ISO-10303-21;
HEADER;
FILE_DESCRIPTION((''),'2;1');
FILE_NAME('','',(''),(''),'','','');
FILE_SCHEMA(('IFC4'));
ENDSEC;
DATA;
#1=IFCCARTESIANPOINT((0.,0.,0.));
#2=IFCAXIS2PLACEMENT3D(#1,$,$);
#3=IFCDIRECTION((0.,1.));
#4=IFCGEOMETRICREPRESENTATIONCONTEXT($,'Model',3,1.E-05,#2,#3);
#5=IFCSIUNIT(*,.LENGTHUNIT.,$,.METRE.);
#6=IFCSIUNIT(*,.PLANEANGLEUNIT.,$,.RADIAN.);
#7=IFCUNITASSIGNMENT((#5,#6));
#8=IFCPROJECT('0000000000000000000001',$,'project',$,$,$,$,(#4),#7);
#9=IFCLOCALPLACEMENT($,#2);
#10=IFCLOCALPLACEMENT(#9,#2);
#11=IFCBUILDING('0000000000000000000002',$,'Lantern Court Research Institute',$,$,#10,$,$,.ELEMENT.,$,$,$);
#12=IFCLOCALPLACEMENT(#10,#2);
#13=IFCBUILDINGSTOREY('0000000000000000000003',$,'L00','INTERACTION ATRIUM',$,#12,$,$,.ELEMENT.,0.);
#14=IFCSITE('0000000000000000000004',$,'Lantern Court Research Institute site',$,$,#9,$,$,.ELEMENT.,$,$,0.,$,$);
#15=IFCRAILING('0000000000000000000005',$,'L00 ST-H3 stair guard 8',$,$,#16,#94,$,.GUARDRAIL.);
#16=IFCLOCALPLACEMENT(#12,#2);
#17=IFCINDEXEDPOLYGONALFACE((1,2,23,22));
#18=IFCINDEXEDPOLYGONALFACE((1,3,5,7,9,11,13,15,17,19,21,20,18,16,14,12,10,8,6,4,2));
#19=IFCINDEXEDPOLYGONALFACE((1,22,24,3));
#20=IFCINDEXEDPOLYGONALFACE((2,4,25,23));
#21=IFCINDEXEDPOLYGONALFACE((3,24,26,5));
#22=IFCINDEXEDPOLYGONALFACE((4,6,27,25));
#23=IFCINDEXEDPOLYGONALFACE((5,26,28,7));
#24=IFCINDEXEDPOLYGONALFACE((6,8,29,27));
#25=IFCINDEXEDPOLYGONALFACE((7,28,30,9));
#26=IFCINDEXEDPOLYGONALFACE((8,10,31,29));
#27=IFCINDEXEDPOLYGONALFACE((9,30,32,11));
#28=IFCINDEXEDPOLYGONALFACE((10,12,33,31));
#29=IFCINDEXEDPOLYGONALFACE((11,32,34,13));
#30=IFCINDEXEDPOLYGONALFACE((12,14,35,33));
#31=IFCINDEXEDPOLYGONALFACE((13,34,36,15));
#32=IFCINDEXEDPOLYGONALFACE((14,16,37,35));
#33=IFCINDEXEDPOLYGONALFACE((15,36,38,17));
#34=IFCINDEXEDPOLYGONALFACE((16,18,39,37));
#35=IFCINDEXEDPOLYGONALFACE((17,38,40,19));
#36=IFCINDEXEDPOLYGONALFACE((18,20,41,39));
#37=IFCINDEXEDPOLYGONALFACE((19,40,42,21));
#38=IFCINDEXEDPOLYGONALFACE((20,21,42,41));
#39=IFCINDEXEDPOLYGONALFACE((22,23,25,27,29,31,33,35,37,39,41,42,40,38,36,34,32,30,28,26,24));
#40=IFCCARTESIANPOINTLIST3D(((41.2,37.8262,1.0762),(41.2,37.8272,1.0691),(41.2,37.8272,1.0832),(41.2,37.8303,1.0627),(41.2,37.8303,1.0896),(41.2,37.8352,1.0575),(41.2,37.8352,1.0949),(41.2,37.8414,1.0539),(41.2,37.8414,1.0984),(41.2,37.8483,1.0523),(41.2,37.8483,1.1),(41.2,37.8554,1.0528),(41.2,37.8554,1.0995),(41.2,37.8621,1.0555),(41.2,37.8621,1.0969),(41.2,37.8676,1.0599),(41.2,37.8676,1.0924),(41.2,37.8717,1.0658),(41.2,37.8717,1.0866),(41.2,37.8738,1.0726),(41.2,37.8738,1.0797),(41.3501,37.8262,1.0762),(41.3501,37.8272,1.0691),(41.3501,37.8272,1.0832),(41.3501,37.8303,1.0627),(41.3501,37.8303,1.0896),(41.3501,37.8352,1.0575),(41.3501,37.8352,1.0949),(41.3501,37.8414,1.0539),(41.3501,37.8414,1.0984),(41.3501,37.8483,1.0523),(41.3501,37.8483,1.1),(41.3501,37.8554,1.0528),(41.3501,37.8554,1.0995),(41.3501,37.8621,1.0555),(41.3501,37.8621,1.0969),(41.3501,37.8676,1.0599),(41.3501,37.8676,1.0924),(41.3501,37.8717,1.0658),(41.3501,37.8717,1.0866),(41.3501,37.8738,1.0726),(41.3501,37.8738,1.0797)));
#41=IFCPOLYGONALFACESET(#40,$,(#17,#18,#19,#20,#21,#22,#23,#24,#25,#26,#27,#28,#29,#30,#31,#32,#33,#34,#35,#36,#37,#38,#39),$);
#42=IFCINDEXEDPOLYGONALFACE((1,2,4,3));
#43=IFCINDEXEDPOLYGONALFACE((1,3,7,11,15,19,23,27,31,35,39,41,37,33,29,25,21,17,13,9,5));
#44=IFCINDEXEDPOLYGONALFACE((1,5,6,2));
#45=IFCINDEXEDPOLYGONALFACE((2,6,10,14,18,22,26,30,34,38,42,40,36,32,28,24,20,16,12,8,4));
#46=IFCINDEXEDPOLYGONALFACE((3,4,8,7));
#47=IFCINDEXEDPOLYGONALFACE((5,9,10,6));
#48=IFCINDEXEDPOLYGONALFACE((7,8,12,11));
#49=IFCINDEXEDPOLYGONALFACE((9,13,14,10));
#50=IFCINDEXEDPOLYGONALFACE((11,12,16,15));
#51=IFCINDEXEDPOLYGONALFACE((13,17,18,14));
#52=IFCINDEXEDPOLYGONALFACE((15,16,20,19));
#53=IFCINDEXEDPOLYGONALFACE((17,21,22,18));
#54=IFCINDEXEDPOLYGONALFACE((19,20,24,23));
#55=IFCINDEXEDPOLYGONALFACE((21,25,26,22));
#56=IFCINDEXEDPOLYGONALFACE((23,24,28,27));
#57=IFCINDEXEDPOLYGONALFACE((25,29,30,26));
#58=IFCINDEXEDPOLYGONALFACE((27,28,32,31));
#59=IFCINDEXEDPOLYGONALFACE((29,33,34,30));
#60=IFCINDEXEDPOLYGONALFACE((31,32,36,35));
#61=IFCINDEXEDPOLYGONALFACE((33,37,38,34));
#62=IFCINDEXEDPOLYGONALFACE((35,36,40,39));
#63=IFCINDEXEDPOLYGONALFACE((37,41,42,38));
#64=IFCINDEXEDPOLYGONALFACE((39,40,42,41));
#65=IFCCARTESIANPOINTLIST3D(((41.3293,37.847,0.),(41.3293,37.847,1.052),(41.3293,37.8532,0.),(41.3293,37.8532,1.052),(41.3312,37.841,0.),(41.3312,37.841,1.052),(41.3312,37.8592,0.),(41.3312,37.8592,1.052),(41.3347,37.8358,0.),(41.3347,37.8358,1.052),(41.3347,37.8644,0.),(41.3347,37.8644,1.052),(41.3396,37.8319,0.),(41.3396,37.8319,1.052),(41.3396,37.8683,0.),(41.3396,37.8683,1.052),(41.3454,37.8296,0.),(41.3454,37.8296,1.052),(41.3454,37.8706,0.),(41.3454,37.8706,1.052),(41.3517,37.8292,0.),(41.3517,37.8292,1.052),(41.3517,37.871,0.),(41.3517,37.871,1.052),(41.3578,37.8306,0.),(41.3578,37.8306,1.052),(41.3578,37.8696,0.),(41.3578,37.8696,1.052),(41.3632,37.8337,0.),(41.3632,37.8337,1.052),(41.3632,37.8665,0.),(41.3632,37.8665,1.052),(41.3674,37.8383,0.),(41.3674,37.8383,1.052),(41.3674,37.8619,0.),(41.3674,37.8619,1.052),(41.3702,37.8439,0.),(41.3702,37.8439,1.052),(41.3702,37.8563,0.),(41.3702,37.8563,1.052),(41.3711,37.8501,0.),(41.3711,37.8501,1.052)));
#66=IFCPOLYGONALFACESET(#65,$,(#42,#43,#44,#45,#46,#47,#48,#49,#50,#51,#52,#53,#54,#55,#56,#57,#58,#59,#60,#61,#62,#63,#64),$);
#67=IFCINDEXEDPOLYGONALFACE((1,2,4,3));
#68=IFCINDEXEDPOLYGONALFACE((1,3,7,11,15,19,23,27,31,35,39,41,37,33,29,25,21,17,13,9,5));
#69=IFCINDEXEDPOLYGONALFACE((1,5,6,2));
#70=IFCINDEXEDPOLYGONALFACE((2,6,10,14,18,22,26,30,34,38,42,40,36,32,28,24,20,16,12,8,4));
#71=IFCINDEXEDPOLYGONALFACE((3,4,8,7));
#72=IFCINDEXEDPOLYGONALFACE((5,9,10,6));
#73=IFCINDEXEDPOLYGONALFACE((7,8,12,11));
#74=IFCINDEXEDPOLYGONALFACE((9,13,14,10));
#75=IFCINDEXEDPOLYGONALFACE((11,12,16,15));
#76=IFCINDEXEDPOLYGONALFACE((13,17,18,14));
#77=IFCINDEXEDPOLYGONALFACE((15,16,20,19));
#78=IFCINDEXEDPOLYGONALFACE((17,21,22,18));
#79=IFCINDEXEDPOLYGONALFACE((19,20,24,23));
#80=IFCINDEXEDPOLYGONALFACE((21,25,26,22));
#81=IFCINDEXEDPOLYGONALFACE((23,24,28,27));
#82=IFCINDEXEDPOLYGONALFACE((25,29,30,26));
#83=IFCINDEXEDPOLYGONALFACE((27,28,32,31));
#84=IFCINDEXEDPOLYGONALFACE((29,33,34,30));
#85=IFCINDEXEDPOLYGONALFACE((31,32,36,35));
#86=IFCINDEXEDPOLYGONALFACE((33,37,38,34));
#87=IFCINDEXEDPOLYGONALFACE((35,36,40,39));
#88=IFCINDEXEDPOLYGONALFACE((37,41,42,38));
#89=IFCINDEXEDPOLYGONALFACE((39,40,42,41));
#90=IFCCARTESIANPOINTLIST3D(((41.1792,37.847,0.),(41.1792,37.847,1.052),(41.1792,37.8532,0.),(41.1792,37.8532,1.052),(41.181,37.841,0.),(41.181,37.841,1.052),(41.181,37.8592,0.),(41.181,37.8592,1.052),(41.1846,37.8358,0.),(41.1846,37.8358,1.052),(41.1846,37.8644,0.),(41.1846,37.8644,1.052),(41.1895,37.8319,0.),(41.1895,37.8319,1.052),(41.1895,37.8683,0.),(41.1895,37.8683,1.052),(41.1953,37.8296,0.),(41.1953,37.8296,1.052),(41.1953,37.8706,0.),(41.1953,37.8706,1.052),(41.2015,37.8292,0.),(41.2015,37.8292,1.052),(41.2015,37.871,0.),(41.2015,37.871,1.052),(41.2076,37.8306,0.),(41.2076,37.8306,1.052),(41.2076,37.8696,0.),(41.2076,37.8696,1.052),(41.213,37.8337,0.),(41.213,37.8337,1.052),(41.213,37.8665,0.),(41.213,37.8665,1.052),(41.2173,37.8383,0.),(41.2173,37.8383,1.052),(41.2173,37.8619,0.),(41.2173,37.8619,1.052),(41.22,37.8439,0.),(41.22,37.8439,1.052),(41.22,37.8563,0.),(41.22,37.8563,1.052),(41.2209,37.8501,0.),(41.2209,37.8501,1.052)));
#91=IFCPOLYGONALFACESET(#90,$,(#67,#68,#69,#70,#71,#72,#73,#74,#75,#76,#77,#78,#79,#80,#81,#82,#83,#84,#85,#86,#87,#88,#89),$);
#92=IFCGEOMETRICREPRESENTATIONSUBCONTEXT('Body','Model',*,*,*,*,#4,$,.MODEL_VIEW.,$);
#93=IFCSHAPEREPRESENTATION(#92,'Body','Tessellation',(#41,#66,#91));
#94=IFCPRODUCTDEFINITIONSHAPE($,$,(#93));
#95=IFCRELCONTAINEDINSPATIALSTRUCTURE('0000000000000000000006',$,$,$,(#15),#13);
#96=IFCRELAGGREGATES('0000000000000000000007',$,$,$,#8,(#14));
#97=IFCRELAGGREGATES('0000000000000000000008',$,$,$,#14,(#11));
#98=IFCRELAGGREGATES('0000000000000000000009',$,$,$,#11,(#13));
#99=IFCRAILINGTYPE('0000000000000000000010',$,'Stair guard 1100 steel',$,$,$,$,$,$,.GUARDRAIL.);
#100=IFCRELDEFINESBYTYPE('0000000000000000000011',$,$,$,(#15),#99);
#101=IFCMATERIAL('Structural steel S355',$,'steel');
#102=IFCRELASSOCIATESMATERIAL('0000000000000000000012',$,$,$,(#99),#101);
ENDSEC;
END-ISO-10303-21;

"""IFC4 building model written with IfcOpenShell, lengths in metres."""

from ifc_helpers import new_model, si_unit, direction, frame, origin, origin_2d, place, context, subcontext, project, spatial, circle, extrude, material, type_object, element, save


model = new_model("IFC4")

# Units and contexts
model_context = context("Model", 3, precision=1e-05, world=origin(), true_north=direction((0.0, 1.0)))
body_context = subcontext(model_context, "Body", "Model", "MODEL_VIEW")
ifc_project = project(units=[si_unit("LENGTHUNIT", "METRE"), si_unit("PLANEANGLEUNIT", "RADIAN")], contexts=[model_context])

# Site, building, storey
site_placement = place(None, origin())
site = spatial("IfcSite", under=ifc_project, at=site_placement, Name="Lantern Court Research Institute site", CompositionType="ELEMENT", RefElevation=0.0)
building_placement = place(site_placement, origin())
building = spatial("IfcBuilding", under=site, at=building_placement, Name="Lantern Court Research Institute", CompositionType="ELEMENT")
storey_placement = place(building_placement, origin())
storey = spatial("IfcBuildingStorey", under=building, at=storey_placement, Name="L00", Description="INTERACTION ATRIUM", CompositionType="ELEMENT", Elevation=0.0)

# Railing
ifc_material_1 = material(Name="Structural steel S355", Category="steel")
railing_type_1 = type_object("IfcRailingType", Name="Stair guard 1100 steel", PredefinedType="GUARDRAIL", material=ifc_material_1)
railing_1_placement = place(storey_placement, frame((41.3501, 37.8501, 0.0)))
element("IfcRailing", 1, at=railing_1_placement, inside=storey, type_object=railing_type_1, Name="L00 ST-H3 stair guard 8", PredefinedType="GUARDRAIL", context=body_context, shape_type="SweptSolid", body=[
    extrude(circle(Radius=0.0239, at=origin_2d()), frame((0.0, 0.0, 1.0762), z_axis=(-1.0, 0.0, 0.0), x_axis=(0.0, -1.0, 0.0)), (0.0, 0.0, 1.0), 0.1501),
    extrude(circle(Radius=0.021, at=origin_2d()), origin(), (0.0, 0.0, 1.0), 1.052),
    extrude(circle(Radius=0.021, at=origin_2d()), frame((-0.1501, 0.0, 0.0)), (0.0, 0.0, 1.0), 1.052),
])

save(model, "model.ifc")
